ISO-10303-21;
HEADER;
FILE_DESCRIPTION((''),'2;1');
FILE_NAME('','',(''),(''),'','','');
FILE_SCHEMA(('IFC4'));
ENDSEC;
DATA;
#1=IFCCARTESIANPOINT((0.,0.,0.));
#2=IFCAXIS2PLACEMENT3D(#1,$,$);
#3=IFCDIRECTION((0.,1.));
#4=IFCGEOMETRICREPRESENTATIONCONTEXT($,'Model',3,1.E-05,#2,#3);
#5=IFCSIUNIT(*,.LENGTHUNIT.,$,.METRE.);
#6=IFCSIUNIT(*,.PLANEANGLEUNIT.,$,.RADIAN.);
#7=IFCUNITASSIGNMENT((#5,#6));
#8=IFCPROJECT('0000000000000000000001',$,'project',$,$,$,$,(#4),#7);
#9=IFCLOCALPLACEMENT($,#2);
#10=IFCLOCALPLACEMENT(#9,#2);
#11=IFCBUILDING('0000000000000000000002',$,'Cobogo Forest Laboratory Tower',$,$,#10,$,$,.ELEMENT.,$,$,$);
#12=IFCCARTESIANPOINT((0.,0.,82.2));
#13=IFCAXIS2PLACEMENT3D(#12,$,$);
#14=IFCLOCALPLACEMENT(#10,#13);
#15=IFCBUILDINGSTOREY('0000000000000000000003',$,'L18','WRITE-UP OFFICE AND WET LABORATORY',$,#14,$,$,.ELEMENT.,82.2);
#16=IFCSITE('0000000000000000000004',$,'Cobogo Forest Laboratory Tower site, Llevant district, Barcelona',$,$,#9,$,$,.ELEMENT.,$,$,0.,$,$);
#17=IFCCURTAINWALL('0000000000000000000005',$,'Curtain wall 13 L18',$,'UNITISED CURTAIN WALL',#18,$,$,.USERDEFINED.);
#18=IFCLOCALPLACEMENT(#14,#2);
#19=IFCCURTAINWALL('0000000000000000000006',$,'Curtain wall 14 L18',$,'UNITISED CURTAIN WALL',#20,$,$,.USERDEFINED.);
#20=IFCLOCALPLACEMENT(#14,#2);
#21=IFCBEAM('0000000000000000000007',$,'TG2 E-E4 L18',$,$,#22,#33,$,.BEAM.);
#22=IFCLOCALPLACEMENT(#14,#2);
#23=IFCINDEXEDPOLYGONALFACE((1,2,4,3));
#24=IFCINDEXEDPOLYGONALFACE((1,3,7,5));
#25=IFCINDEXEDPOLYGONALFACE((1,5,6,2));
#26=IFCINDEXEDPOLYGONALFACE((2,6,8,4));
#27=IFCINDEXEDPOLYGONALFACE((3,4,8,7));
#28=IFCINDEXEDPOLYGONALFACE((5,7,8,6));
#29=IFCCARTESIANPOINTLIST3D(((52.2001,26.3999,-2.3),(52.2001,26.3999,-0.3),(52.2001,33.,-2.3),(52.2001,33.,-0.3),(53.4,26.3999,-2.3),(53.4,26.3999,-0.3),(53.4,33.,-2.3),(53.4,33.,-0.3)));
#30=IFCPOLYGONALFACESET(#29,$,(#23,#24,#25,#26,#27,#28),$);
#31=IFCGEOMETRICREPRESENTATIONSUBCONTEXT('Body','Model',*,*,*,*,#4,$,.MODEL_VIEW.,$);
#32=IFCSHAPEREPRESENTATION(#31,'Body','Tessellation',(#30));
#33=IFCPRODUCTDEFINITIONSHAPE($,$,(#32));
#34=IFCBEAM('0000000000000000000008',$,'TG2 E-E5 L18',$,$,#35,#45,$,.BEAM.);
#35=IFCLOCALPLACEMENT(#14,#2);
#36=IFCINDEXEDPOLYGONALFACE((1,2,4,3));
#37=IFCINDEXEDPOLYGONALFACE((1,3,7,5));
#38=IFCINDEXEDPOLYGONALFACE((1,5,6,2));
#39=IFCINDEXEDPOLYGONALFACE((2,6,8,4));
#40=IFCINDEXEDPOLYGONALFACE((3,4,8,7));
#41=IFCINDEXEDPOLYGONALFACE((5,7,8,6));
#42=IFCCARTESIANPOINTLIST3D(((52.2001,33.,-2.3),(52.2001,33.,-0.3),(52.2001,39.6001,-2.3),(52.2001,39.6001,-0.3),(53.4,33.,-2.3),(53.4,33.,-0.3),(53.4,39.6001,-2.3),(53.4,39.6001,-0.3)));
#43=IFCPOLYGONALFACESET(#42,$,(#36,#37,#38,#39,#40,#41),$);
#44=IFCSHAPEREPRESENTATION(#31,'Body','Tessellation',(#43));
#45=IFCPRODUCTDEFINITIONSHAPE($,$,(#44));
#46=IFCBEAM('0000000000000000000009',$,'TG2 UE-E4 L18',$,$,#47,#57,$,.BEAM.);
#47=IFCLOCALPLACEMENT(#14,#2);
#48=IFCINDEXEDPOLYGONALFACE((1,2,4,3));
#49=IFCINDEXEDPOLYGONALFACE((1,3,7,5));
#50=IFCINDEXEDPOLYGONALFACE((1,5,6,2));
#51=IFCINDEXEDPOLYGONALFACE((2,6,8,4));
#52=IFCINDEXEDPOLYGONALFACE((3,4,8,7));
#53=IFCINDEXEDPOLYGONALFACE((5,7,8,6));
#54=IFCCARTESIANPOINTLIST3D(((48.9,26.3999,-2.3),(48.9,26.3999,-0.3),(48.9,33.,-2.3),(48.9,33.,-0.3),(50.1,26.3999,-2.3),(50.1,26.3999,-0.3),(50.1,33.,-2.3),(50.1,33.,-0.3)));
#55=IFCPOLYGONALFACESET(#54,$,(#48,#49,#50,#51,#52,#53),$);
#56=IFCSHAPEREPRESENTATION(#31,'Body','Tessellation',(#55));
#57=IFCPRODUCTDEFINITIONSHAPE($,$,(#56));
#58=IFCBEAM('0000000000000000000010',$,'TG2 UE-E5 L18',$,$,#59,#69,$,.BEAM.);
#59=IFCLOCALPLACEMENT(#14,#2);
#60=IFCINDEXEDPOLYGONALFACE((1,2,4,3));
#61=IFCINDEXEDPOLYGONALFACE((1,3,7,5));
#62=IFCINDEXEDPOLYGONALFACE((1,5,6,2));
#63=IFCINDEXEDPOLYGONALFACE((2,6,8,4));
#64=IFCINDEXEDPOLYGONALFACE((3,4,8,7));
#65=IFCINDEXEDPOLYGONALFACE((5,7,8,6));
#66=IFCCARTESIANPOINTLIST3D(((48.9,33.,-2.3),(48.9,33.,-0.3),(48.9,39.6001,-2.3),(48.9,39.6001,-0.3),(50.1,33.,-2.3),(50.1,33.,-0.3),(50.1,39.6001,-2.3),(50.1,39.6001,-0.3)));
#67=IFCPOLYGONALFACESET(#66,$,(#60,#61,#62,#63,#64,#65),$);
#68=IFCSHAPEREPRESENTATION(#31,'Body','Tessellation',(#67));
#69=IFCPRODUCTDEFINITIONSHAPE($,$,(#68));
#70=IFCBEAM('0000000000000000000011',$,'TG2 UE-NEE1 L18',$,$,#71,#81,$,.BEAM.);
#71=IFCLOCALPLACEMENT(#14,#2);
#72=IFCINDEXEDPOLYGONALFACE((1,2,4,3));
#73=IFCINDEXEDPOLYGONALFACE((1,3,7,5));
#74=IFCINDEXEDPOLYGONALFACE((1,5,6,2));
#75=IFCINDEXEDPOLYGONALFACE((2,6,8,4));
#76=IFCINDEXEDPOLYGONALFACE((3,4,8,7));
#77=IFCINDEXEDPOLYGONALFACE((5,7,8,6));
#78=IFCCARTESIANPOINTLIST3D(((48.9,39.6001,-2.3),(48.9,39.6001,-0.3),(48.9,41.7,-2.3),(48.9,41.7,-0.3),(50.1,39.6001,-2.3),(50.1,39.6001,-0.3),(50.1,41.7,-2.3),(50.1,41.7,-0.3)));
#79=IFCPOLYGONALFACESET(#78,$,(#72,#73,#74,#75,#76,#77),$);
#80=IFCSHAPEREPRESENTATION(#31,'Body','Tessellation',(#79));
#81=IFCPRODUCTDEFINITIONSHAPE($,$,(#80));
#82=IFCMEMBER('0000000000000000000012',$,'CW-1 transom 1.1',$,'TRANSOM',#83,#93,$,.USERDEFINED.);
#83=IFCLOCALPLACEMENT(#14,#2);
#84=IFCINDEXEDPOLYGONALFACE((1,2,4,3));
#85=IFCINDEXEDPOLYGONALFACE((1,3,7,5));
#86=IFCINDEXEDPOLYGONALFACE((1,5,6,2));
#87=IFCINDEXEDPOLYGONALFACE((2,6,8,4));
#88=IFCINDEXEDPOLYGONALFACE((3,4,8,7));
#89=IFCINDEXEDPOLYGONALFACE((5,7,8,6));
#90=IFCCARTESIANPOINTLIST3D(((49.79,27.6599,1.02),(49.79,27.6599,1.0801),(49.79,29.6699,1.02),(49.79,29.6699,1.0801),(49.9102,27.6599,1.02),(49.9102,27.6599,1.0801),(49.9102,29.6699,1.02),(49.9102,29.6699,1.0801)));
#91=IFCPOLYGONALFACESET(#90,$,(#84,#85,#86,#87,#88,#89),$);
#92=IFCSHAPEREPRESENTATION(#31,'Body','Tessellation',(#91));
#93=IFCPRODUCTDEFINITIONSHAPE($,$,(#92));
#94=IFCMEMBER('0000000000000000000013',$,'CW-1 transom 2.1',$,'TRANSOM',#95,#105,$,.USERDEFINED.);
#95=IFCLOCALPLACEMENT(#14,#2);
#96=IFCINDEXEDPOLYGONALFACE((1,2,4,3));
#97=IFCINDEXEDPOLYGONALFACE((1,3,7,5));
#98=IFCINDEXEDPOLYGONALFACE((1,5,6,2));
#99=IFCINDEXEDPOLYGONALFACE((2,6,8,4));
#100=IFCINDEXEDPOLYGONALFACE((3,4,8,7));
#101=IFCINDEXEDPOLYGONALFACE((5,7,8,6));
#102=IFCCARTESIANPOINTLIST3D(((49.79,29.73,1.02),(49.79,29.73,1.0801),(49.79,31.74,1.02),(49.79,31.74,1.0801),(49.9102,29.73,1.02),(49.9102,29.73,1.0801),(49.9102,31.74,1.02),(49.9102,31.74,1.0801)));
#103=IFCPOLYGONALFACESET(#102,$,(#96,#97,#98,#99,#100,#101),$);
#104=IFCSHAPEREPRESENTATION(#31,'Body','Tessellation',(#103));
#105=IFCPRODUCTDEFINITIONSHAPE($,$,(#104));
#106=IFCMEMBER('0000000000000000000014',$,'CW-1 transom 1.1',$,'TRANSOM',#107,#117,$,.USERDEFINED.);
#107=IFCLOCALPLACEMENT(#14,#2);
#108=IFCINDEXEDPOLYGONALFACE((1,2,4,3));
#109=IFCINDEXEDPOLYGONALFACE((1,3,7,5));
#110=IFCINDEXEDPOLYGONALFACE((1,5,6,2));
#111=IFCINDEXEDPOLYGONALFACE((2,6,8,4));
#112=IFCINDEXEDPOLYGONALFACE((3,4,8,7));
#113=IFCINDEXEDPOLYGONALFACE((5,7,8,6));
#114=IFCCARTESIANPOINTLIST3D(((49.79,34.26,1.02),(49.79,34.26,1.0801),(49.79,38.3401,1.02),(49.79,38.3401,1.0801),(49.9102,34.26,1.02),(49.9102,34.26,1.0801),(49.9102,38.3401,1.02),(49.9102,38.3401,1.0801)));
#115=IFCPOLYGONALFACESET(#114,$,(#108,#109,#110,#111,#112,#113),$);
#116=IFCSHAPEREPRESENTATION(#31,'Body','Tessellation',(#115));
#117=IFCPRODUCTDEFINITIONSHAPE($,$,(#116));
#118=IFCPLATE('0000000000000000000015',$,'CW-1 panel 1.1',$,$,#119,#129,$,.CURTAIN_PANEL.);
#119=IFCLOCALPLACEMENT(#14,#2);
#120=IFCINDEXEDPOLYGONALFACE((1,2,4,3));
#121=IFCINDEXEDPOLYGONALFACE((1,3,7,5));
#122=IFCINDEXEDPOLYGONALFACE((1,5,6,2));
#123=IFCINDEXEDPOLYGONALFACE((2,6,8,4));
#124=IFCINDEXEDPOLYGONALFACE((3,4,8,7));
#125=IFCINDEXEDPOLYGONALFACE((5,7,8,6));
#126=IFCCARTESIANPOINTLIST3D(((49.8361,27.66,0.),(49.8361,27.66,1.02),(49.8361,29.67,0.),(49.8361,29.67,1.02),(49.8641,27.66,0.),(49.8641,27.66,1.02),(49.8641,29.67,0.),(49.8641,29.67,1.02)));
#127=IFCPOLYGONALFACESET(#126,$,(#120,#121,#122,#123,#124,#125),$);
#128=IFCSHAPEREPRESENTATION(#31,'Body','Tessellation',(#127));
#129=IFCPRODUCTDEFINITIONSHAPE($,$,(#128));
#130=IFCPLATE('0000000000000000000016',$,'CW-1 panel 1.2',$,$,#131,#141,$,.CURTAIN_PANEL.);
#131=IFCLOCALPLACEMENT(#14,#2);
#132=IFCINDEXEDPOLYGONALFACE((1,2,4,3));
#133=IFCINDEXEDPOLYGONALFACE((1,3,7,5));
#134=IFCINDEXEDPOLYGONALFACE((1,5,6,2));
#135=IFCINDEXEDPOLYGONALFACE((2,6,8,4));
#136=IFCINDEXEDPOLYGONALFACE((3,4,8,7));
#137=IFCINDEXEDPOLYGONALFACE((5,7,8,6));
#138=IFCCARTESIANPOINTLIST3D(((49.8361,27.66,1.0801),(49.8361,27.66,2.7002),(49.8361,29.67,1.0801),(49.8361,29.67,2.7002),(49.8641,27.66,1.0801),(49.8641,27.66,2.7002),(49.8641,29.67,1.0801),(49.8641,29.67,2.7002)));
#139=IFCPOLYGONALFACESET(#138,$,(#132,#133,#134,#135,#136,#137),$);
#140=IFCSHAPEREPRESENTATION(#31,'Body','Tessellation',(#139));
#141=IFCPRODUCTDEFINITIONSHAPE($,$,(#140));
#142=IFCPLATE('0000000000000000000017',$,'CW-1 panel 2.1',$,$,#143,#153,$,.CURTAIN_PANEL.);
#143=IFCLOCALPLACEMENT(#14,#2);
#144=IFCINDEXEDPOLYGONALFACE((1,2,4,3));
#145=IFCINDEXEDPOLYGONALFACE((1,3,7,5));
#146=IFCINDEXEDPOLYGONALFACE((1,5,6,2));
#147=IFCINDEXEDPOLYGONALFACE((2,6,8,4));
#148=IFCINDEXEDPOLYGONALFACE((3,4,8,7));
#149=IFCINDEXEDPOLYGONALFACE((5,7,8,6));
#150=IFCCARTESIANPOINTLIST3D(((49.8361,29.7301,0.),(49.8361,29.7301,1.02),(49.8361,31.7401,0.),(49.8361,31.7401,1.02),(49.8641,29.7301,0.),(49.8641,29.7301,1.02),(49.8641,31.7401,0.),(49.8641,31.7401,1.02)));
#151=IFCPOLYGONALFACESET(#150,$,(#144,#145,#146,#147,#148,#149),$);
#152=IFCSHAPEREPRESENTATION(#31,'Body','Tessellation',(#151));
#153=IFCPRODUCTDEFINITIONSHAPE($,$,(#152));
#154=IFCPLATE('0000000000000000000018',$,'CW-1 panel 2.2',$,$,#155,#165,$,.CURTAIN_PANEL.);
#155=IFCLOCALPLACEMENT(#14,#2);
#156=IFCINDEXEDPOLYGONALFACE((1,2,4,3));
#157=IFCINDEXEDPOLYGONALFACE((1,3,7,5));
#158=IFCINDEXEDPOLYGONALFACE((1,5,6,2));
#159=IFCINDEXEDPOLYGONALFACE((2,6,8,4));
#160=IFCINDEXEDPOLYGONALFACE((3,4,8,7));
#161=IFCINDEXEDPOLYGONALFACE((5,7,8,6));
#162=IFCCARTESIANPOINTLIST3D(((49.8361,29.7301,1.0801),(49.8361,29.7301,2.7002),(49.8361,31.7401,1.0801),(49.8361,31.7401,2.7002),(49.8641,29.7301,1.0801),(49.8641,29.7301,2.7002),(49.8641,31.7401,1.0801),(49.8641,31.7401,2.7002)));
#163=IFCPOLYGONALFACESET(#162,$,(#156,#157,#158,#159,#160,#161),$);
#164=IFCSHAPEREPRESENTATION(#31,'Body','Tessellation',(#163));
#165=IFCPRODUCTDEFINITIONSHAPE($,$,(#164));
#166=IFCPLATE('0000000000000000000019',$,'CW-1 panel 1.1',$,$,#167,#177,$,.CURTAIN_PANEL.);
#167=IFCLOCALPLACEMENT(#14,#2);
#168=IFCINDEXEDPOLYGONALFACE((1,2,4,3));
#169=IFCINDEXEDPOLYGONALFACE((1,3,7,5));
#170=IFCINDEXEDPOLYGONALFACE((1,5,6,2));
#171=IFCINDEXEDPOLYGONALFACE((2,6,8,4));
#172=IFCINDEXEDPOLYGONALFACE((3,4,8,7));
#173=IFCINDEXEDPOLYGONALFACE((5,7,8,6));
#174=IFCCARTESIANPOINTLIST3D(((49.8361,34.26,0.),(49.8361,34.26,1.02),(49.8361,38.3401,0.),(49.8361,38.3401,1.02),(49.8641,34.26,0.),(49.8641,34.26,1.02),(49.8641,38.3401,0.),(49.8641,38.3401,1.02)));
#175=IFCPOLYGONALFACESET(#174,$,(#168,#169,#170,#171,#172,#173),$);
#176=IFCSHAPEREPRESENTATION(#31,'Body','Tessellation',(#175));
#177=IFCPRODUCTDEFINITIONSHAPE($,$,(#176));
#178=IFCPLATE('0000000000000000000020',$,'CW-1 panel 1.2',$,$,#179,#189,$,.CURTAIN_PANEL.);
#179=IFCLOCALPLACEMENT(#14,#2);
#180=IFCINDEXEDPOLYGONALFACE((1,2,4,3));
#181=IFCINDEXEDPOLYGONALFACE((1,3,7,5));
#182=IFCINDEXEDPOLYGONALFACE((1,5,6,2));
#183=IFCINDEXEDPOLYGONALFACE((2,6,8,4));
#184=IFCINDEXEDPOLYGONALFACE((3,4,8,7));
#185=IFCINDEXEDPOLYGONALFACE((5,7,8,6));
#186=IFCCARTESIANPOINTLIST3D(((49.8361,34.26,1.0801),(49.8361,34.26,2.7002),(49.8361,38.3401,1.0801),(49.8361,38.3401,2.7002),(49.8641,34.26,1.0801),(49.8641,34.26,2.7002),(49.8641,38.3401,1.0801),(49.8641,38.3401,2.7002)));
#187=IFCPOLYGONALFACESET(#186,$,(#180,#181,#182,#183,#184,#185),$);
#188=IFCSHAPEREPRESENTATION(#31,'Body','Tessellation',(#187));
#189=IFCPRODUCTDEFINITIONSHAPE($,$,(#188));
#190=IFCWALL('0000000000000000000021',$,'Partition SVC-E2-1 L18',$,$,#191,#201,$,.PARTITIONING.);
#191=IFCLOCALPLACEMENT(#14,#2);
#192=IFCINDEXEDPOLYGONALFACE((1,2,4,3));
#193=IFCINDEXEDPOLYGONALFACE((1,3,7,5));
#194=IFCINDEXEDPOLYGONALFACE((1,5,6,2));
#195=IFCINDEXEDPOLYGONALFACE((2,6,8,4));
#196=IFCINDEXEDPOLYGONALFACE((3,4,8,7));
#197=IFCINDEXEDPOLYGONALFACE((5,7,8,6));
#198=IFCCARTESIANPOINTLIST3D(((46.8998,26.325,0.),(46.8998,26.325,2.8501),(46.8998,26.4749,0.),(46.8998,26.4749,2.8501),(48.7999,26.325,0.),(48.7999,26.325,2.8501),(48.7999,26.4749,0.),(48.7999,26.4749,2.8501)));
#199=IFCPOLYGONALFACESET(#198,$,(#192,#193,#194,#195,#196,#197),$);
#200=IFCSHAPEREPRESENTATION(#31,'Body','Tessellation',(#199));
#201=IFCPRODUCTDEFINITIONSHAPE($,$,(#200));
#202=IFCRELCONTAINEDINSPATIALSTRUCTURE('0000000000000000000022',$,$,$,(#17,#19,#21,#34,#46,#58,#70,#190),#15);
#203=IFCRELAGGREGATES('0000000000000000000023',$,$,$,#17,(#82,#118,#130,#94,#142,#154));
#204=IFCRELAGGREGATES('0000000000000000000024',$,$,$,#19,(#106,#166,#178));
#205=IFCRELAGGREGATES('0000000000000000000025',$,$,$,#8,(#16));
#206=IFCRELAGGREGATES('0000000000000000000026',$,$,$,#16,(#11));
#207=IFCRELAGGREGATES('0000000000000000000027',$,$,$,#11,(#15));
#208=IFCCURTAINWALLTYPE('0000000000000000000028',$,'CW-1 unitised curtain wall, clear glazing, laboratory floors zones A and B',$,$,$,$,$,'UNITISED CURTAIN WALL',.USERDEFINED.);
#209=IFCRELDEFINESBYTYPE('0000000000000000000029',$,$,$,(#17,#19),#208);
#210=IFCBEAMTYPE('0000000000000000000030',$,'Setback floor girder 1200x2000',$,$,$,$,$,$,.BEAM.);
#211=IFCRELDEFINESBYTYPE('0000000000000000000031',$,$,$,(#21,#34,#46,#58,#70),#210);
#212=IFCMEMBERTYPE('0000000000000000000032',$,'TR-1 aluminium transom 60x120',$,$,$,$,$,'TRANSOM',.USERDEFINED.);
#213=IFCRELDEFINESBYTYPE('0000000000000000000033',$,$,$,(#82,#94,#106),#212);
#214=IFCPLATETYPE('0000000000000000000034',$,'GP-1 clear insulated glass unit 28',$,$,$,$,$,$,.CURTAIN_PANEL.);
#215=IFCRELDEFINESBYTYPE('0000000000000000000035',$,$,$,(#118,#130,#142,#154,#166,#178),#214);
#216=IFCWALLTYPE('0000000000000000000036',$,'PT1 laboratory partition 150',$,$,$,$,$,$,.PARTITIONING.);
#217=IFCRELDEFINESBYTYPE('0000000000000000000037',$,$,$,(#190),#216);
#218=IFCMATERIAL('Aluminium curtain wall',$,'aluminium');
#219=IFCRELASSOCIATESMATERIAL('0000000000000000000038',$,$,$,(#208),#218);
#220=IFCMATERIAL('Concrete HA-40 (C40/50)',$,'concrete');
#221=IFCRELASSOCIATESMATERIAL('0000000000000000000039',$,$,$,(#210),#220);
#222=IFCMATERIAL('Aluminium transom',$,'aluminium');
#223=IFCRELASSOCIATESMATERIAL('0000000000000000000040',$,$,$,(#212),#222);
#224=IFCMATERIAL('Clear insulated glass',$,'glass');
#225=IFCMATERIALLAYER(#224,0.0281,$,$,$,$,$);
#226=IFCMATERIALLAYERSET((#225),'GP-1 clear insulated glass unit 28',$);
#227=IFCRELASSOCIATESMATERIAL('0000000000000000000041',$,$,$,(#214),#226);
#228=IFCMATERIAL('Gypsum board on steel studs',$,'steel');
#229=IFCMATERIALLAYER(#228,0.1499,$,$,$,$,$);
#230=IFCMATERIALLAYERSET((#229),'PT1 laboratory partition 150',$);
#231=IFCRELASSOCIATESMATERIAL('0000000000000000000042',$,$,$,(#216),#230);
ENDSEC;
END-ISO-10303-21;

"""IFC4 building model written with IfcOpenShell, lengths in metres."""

from ifc_helpers import new_model, si_unit, direction, frame, frame_2d, origin, origin_2d, place, context, subcontext, project, spatial, rectangle, extrude, material, layer, layer_set, material_profile, profile_set, type_object, element, aggregate, save


model = new_model("IFC4")

# Units and contexts
model_context = context("Model", 3, precision=1e-05, world=origin(), true_north=direction((0.0, 1.0)))
body_context = subcontext(model_context, "Body", "Model", "MODEL_VIEW")
ifc_project = project(units=[si_unit("LENGTHUNIT", "METRE"), si_unit("PLANEANGLEUNIT", "RADIAN")], contexts=[model_context])

# Site, building, storey
site_placement = place(None, origin())
site = spatial("IfcSite", under=ifc_project, at=site_placement, Name="Cobogo Forest Laboratory Tower site, Llevant district, Barcelona", CompositionType="ELEMENT", RefElevation=0.0)
building_placement = place(site_placement, origin())
building = spatial("IfcBuilding", under=site, at=building_placement, Name="Cobogo Forest Laboratory Tower", CompositionType="ELEMENT")
storey_placement = place(building_placement, frame((0.0, 0.0, 82.2)))
storey = spatial("IfcBuildingStorey", under=building, at=storey_placement, Name="L18", Description="WRITE-UP OFFICE AND WET LABORATORY", CompositionType="ELEMENT", Elevation=82.2)

# Curtain walls
ifc_material_1 = material(Name="Aluminium curtain wall", Category="aluminium")
curtain_wall_type = type_object("IfcCurtainWallType", Name="CW-1 unitised curtain wall, clear glazing, laboratory floors zones A and B", ElementType="UNITISED CURTAIN WALL", PredefinedType="USERDEFINED", material=ifc_material_1)
curtain_wall_1_placement = place(storey_placement, origin())
curtain_wall_1 = element("IfcCurtainWall", 1, at=curtain_wall_1_placement, inside=storey, type_object=curtain_wall_type, Name="Curtain wall 13 L18", ObjectType="UNITISED CURTAIN WALL", PredefinedType="USERDEFINED")
curtain_wall_2_placement = place(storey_placement, origin())
curtain_wall_2 = element("IfcCurtainWall", 2, at=curtain_wall_2_placement, inside=storey, type_object=curtain_wall_type, Name="Curtain wall 14 L18", ObjectType="UNITISED CURTAIN WALL", PredefinedType="USERDEFINED")

# Beams
ifc_material_2 = material(Name="Concrete HA-40 (C40/50)", Category="concrete")
ifc_material_profile_1 = material_profile(ifc_material_2, rectangle(XDim=1.2, YDim=2.0, at=origin_2d()), Name="RC 1200x2000")
ifc_profile_set_1 = profile_set([ifc_material_profile_1], Name="Concrete HA-40 (C40/50)")
beam_type_1 = type_object("IfcBeamType", Name="Setback floor girder 1200x2000", PredefinedType="BEAM", material=ifc_profile_set_1)
for number, where, z_axis, x_axis, name in (
    (3, (52.8, 26.3999, -1.3), (0.0, 1.0, 0.0), (-1.0, 0.0, 0.0), "TG2 E-E4 L18"),
    (4, (52.8, 33.0, -1.3), (0.0, 1.0, 0.0), (-1.0, 0.0, 0.0), "TG2 E-E5 L18"),
    (5, (49.5, 26.3999, -1.3), (0.0, 1.0, 0.0), (-1.0, 0.0, 0.0), "TG2 UE-E4 L18"),
    (6, (49.5, 33.0, -1.3), (0.0, 1.0, 0.0), (-1.0, 0.0, 0.0), "TG2 UE-E5 L18"),
):
    element("IfcBeam", number, at=place(storey_placement, frame(where, z_axis=z_axis, x_axis=x_axis)), inside=storey, type_object=beam_type_1, Name=name, PredefinedType="BEAM", context=body_context, shape_type="SweptSolid", body=[
        extrude(rectangle(XDim=1.2, YDim=2.0, at=origin_2d()), origin(), (0.0, 0.0, 1.0), 6.6001),
    ])
beam_1_placement = place(storey_placement, frame((49.5, 39.6001, -1.3), z_axis=(0.0, 1.0, 0.0), x_axis=(-1.0, 0.0, 0.0)))
element("IfcBeam", 7, at=beam_1_placement, inside=storey, type_object=beam_type_1, Name="TG2 UE-NEE1 L18", PredefinedType="BEAM", context=body_context, shape_type="SweptSolid", body=[
    extrude(rectangle(XDim=1.2, YDim=2.0, at=origin_2d()), origin(), (0.0, 0.0, 1.0), 2.0999),
])

# Members
ifc_material_3 = material(Name="Aluminium transom", Category="aluminium")
ifc_material_profile_2 = material_profile(ifc_material_3, rectangle(XDim=0.1201, YDim=0.0601, at=origin_2d()), Name="AL 60x120")
ifc_profile_set_2 = profile_set([ifc_material_profile_2], Name="Aluminium transom")
member_type_1 = type_object("IfcMemberType", Name="TR-1 aluminium transom 60x120", ElementType="TRANSOM", PredefinedType="USERDEFINED", material=ifc_profile_set_2)
member_1_placement = place(storey_placement, frame((49.8501, 27.6599, 1.05), z_axis=(0.0, 1.0, 0.0), x_axis=(-1.0, 0.0, 0.0)))
member_1 = element("IfcMember", 8, at=member_1_placement, type_object=member_type_1, Name="CW-1 transom 1.1", ObjectType="TRANSOM", PredefinedType="USERDEFINED", context=body_context, shape_type="SweptSolid", body=[
    extrude(rectangle(XDim=0.1201, YDim=0.0601, at=origin_2d()), origin(), (0.0, 0.0, 1.0), 2.01),
])
member_2_placement = place(storey_placement, frame((49.8501, 29.73, 1.05), z_axis=(0.0, 1.0, 0.0), x_axis=(-1.0, 0.0, 0.0)))
member_2 = element("IfcMember", 9, at=member_2_placement, type_object=member_type_1, Name="CW-1 transom 2.1", ObjectType="TRANSOM", PredefinedType="USERDEFINED", context=body_context, shape_type="SweptSolid", body=[
    extrude(rectangle(XDim=0.1201, YDim=0.0601, at=origin_2d()), origin(), (0.0, 0.0, 1.0), 2.01),
])
member_3_placement = place(storey_placement, frame((49.8501, 34.26, 1.05), z_axis=(0.0, 1.0, 0.0), x_axis=(-1.0, 0.0, 0.0)))
member_3 = element("IfcMember", 10, at=member_3_placement, type_object=member_type_1, Name="CW-1 transom 1.1", ObjectType="TRANSOM", PredefinedType="USERDEFINED", context=body_context, shape_type="SweptSolid", body=[
    extrude(rectangle(XDim=0.1201, YDim=0.0601, at=origin_2d()), origin(), (0.0, 0.0, 1.0), 4.0801),
])

# Plates
ifc_material_4 = material(Name="Clear insulated glass", Category="glass")
ifc_layer_1 = layer(ifc_material_4, 0.0281)
ifc_layer_set_1 = layer_set([ifc_layer_1], Name="GP-1 clear insulated glass unit 28")
plate_type_1 = type_object("IfcPlateType", Name="GP-1 clear insulated glass unit 28", PredefinedType="CURTAIN_PANEL", material=ifc_layer_set_1)
plate_1_placement = place(storey_placement, frame((49.8501, 28.665, 0.0), z_axis=(0.0, 0.0, 1.0), x_axis=(0.0, 1.0, 0.0)))
plate_1 = element("IfcPlate", 11, at=plate_1_placement, type_object=plate_type_1, Name="CW-1 panel 1.1", PredefinedType="CURTAIN_PANEL", context=body_context, shape_type="SweptSolid", body=[
    extrude(rectangle(XDim=2.01, YDim=0.0281, at=origin_2d()), origin(), (0.0, 0.0, 1.0), 1.02),
])
plate_2_placement = place(storey_placement, frame((49.8501, 28.665, 1.0801), z_axis=(0.0, 0.0, 1.0), x_axis=(0.0, 1.0, 0.0)))
plate_2 = element("IfcPlate", 12, at=plate_2_placement, type_object=plate_type_1, Name="CW-1 panel 1.2", PredefinedType="CURTAIN_PANEL", context=body_context, shape_type="SweptSolid", body=[
    extrude(rectangle(XDim=2.01, YDim=0.0281, at=origin_2d()), origin(), (0.0, 0.0, 1.0), 1.6201),
])
plate_3_placement = place(storey_placement, frame((49.8501, 30.7351, 0.0), z_axis=(0.0, 0.0, 1.0), x_axis=(0.0, 1.0, 0.0)))
plate_3 = element("IfcPlate", 13, at=plate_3_placement, type_object=plate_type_1, Name="CW-1 panel 2.1", PredefinedType="CURTAIN_PANEL", context=body_context, shape_type="SweptSolid", body=[
    extrude(rectangle(XDim=2.01, YDim=0.0281, at=origin_2d()), origin(), (0.0, 0.0, 1.0), 1.02),
])
plate_4_placement = place(storey_placement, frame((49.8501, 30.7351, 1.0801), z_axis=(0.0, 0.0, 1.0), x_axis=(0.0, 1.0, 0.0)))
plate_4 = element("IfcPlate", 14, at=plate_4_placement, type_object=plate_type_1, Name="CW-1 panel 2.2", PredefinedType="CURTAIN_PANEL", context=body_context, shape_type="SweptSolid", body=[
    extrude(rectangle(XDim=2.01, YDim=0.0281, at=origin_2d()), origin(), (0.0, 0.0, 1.0), 1.6201),
])
aggregate(curtain_wall_1, [member_1, plate_1, plate_2, member_2, plate_3, plate_4])
plate_5_placement = place(storey_placement, frame((49.8501, 36.3, 0.0), z_axis=(0.0, 0.0, 1.0), x_axis=(0.0, 1.0, 0.0)))
plate_5 = element("IfcPlate", 15, at=plate_5_placement, type_object=plate_type_1, Name="CW-1 panel 1.1", PredefinedType="CURTAIN_PANEL", context=body_context, shape_type="SweptSolid", body=[
    extrude(rectangle(XDim=4.0801, YDim=0.0281, at=origin_2d()), origin(), (0.0, 0.0, 1.0), 1.02),
])
plate_6_placement = place(storey_placement, frame((49.8501, 36.3, 1.0801), z_axis=(0.0, 0.0, 1.0), x_axis=(0.0, 1.0, 0.0)))
plate_6 = element("IfcPlate", 16, at=plate_6_placement, type_object=plate_type_1, Name="CW-1 panel 1.2", PredefinedType="CURTAIN_PANEL", context=body_context, shape_type="SweptSolid", body=[
    extrude(rectangle(XDim=4.0801, YDim=0.0281, at=origin_2d()), origin(), (0.0, 0.0, 1.0), 1.6201),
])
aggregate(curtain_wall_2, [member_3, plate_5, plate_6])

# Wall
ifc_material_5 = material(Name="Gypsum board on steel studs", Category="steel")
ifc_layer_2 = layer(ifc_material_5, 0.1499)
ifc_layer_set_2 = layer_set([ifc_layer_2], Name="PT1 laboratory partition 150")
wall_type = type_object("IfcWallType", Name="PT1 laboratory partition 150", PredefinedType="PARTITIONING", material=ifc_layer_set_2)
wall_1_placement = place(storey_placement, frame((48.8, 26.3999, 0.0), z_axis=(0.0, 0.0, 1.0), x_axis=(-1.0, 0.0, 0.0)))
element("IfcWall", 17, at=wall_1_placement, inside=storey, type_object=wall_type, Name="Partition SVC-E2-1 L18", PredefinedType="PARTITIONING", context=body_context, shape_type="SweptSolid", body=[
    extrude(rectangle(XDim=1.9001, YDim=0.1499, at=frame_2d((0.9502, 0.0))), origin(), (0.0, 0.0, 1.0), 2.8501),
])

save(model, "model.ifc")
